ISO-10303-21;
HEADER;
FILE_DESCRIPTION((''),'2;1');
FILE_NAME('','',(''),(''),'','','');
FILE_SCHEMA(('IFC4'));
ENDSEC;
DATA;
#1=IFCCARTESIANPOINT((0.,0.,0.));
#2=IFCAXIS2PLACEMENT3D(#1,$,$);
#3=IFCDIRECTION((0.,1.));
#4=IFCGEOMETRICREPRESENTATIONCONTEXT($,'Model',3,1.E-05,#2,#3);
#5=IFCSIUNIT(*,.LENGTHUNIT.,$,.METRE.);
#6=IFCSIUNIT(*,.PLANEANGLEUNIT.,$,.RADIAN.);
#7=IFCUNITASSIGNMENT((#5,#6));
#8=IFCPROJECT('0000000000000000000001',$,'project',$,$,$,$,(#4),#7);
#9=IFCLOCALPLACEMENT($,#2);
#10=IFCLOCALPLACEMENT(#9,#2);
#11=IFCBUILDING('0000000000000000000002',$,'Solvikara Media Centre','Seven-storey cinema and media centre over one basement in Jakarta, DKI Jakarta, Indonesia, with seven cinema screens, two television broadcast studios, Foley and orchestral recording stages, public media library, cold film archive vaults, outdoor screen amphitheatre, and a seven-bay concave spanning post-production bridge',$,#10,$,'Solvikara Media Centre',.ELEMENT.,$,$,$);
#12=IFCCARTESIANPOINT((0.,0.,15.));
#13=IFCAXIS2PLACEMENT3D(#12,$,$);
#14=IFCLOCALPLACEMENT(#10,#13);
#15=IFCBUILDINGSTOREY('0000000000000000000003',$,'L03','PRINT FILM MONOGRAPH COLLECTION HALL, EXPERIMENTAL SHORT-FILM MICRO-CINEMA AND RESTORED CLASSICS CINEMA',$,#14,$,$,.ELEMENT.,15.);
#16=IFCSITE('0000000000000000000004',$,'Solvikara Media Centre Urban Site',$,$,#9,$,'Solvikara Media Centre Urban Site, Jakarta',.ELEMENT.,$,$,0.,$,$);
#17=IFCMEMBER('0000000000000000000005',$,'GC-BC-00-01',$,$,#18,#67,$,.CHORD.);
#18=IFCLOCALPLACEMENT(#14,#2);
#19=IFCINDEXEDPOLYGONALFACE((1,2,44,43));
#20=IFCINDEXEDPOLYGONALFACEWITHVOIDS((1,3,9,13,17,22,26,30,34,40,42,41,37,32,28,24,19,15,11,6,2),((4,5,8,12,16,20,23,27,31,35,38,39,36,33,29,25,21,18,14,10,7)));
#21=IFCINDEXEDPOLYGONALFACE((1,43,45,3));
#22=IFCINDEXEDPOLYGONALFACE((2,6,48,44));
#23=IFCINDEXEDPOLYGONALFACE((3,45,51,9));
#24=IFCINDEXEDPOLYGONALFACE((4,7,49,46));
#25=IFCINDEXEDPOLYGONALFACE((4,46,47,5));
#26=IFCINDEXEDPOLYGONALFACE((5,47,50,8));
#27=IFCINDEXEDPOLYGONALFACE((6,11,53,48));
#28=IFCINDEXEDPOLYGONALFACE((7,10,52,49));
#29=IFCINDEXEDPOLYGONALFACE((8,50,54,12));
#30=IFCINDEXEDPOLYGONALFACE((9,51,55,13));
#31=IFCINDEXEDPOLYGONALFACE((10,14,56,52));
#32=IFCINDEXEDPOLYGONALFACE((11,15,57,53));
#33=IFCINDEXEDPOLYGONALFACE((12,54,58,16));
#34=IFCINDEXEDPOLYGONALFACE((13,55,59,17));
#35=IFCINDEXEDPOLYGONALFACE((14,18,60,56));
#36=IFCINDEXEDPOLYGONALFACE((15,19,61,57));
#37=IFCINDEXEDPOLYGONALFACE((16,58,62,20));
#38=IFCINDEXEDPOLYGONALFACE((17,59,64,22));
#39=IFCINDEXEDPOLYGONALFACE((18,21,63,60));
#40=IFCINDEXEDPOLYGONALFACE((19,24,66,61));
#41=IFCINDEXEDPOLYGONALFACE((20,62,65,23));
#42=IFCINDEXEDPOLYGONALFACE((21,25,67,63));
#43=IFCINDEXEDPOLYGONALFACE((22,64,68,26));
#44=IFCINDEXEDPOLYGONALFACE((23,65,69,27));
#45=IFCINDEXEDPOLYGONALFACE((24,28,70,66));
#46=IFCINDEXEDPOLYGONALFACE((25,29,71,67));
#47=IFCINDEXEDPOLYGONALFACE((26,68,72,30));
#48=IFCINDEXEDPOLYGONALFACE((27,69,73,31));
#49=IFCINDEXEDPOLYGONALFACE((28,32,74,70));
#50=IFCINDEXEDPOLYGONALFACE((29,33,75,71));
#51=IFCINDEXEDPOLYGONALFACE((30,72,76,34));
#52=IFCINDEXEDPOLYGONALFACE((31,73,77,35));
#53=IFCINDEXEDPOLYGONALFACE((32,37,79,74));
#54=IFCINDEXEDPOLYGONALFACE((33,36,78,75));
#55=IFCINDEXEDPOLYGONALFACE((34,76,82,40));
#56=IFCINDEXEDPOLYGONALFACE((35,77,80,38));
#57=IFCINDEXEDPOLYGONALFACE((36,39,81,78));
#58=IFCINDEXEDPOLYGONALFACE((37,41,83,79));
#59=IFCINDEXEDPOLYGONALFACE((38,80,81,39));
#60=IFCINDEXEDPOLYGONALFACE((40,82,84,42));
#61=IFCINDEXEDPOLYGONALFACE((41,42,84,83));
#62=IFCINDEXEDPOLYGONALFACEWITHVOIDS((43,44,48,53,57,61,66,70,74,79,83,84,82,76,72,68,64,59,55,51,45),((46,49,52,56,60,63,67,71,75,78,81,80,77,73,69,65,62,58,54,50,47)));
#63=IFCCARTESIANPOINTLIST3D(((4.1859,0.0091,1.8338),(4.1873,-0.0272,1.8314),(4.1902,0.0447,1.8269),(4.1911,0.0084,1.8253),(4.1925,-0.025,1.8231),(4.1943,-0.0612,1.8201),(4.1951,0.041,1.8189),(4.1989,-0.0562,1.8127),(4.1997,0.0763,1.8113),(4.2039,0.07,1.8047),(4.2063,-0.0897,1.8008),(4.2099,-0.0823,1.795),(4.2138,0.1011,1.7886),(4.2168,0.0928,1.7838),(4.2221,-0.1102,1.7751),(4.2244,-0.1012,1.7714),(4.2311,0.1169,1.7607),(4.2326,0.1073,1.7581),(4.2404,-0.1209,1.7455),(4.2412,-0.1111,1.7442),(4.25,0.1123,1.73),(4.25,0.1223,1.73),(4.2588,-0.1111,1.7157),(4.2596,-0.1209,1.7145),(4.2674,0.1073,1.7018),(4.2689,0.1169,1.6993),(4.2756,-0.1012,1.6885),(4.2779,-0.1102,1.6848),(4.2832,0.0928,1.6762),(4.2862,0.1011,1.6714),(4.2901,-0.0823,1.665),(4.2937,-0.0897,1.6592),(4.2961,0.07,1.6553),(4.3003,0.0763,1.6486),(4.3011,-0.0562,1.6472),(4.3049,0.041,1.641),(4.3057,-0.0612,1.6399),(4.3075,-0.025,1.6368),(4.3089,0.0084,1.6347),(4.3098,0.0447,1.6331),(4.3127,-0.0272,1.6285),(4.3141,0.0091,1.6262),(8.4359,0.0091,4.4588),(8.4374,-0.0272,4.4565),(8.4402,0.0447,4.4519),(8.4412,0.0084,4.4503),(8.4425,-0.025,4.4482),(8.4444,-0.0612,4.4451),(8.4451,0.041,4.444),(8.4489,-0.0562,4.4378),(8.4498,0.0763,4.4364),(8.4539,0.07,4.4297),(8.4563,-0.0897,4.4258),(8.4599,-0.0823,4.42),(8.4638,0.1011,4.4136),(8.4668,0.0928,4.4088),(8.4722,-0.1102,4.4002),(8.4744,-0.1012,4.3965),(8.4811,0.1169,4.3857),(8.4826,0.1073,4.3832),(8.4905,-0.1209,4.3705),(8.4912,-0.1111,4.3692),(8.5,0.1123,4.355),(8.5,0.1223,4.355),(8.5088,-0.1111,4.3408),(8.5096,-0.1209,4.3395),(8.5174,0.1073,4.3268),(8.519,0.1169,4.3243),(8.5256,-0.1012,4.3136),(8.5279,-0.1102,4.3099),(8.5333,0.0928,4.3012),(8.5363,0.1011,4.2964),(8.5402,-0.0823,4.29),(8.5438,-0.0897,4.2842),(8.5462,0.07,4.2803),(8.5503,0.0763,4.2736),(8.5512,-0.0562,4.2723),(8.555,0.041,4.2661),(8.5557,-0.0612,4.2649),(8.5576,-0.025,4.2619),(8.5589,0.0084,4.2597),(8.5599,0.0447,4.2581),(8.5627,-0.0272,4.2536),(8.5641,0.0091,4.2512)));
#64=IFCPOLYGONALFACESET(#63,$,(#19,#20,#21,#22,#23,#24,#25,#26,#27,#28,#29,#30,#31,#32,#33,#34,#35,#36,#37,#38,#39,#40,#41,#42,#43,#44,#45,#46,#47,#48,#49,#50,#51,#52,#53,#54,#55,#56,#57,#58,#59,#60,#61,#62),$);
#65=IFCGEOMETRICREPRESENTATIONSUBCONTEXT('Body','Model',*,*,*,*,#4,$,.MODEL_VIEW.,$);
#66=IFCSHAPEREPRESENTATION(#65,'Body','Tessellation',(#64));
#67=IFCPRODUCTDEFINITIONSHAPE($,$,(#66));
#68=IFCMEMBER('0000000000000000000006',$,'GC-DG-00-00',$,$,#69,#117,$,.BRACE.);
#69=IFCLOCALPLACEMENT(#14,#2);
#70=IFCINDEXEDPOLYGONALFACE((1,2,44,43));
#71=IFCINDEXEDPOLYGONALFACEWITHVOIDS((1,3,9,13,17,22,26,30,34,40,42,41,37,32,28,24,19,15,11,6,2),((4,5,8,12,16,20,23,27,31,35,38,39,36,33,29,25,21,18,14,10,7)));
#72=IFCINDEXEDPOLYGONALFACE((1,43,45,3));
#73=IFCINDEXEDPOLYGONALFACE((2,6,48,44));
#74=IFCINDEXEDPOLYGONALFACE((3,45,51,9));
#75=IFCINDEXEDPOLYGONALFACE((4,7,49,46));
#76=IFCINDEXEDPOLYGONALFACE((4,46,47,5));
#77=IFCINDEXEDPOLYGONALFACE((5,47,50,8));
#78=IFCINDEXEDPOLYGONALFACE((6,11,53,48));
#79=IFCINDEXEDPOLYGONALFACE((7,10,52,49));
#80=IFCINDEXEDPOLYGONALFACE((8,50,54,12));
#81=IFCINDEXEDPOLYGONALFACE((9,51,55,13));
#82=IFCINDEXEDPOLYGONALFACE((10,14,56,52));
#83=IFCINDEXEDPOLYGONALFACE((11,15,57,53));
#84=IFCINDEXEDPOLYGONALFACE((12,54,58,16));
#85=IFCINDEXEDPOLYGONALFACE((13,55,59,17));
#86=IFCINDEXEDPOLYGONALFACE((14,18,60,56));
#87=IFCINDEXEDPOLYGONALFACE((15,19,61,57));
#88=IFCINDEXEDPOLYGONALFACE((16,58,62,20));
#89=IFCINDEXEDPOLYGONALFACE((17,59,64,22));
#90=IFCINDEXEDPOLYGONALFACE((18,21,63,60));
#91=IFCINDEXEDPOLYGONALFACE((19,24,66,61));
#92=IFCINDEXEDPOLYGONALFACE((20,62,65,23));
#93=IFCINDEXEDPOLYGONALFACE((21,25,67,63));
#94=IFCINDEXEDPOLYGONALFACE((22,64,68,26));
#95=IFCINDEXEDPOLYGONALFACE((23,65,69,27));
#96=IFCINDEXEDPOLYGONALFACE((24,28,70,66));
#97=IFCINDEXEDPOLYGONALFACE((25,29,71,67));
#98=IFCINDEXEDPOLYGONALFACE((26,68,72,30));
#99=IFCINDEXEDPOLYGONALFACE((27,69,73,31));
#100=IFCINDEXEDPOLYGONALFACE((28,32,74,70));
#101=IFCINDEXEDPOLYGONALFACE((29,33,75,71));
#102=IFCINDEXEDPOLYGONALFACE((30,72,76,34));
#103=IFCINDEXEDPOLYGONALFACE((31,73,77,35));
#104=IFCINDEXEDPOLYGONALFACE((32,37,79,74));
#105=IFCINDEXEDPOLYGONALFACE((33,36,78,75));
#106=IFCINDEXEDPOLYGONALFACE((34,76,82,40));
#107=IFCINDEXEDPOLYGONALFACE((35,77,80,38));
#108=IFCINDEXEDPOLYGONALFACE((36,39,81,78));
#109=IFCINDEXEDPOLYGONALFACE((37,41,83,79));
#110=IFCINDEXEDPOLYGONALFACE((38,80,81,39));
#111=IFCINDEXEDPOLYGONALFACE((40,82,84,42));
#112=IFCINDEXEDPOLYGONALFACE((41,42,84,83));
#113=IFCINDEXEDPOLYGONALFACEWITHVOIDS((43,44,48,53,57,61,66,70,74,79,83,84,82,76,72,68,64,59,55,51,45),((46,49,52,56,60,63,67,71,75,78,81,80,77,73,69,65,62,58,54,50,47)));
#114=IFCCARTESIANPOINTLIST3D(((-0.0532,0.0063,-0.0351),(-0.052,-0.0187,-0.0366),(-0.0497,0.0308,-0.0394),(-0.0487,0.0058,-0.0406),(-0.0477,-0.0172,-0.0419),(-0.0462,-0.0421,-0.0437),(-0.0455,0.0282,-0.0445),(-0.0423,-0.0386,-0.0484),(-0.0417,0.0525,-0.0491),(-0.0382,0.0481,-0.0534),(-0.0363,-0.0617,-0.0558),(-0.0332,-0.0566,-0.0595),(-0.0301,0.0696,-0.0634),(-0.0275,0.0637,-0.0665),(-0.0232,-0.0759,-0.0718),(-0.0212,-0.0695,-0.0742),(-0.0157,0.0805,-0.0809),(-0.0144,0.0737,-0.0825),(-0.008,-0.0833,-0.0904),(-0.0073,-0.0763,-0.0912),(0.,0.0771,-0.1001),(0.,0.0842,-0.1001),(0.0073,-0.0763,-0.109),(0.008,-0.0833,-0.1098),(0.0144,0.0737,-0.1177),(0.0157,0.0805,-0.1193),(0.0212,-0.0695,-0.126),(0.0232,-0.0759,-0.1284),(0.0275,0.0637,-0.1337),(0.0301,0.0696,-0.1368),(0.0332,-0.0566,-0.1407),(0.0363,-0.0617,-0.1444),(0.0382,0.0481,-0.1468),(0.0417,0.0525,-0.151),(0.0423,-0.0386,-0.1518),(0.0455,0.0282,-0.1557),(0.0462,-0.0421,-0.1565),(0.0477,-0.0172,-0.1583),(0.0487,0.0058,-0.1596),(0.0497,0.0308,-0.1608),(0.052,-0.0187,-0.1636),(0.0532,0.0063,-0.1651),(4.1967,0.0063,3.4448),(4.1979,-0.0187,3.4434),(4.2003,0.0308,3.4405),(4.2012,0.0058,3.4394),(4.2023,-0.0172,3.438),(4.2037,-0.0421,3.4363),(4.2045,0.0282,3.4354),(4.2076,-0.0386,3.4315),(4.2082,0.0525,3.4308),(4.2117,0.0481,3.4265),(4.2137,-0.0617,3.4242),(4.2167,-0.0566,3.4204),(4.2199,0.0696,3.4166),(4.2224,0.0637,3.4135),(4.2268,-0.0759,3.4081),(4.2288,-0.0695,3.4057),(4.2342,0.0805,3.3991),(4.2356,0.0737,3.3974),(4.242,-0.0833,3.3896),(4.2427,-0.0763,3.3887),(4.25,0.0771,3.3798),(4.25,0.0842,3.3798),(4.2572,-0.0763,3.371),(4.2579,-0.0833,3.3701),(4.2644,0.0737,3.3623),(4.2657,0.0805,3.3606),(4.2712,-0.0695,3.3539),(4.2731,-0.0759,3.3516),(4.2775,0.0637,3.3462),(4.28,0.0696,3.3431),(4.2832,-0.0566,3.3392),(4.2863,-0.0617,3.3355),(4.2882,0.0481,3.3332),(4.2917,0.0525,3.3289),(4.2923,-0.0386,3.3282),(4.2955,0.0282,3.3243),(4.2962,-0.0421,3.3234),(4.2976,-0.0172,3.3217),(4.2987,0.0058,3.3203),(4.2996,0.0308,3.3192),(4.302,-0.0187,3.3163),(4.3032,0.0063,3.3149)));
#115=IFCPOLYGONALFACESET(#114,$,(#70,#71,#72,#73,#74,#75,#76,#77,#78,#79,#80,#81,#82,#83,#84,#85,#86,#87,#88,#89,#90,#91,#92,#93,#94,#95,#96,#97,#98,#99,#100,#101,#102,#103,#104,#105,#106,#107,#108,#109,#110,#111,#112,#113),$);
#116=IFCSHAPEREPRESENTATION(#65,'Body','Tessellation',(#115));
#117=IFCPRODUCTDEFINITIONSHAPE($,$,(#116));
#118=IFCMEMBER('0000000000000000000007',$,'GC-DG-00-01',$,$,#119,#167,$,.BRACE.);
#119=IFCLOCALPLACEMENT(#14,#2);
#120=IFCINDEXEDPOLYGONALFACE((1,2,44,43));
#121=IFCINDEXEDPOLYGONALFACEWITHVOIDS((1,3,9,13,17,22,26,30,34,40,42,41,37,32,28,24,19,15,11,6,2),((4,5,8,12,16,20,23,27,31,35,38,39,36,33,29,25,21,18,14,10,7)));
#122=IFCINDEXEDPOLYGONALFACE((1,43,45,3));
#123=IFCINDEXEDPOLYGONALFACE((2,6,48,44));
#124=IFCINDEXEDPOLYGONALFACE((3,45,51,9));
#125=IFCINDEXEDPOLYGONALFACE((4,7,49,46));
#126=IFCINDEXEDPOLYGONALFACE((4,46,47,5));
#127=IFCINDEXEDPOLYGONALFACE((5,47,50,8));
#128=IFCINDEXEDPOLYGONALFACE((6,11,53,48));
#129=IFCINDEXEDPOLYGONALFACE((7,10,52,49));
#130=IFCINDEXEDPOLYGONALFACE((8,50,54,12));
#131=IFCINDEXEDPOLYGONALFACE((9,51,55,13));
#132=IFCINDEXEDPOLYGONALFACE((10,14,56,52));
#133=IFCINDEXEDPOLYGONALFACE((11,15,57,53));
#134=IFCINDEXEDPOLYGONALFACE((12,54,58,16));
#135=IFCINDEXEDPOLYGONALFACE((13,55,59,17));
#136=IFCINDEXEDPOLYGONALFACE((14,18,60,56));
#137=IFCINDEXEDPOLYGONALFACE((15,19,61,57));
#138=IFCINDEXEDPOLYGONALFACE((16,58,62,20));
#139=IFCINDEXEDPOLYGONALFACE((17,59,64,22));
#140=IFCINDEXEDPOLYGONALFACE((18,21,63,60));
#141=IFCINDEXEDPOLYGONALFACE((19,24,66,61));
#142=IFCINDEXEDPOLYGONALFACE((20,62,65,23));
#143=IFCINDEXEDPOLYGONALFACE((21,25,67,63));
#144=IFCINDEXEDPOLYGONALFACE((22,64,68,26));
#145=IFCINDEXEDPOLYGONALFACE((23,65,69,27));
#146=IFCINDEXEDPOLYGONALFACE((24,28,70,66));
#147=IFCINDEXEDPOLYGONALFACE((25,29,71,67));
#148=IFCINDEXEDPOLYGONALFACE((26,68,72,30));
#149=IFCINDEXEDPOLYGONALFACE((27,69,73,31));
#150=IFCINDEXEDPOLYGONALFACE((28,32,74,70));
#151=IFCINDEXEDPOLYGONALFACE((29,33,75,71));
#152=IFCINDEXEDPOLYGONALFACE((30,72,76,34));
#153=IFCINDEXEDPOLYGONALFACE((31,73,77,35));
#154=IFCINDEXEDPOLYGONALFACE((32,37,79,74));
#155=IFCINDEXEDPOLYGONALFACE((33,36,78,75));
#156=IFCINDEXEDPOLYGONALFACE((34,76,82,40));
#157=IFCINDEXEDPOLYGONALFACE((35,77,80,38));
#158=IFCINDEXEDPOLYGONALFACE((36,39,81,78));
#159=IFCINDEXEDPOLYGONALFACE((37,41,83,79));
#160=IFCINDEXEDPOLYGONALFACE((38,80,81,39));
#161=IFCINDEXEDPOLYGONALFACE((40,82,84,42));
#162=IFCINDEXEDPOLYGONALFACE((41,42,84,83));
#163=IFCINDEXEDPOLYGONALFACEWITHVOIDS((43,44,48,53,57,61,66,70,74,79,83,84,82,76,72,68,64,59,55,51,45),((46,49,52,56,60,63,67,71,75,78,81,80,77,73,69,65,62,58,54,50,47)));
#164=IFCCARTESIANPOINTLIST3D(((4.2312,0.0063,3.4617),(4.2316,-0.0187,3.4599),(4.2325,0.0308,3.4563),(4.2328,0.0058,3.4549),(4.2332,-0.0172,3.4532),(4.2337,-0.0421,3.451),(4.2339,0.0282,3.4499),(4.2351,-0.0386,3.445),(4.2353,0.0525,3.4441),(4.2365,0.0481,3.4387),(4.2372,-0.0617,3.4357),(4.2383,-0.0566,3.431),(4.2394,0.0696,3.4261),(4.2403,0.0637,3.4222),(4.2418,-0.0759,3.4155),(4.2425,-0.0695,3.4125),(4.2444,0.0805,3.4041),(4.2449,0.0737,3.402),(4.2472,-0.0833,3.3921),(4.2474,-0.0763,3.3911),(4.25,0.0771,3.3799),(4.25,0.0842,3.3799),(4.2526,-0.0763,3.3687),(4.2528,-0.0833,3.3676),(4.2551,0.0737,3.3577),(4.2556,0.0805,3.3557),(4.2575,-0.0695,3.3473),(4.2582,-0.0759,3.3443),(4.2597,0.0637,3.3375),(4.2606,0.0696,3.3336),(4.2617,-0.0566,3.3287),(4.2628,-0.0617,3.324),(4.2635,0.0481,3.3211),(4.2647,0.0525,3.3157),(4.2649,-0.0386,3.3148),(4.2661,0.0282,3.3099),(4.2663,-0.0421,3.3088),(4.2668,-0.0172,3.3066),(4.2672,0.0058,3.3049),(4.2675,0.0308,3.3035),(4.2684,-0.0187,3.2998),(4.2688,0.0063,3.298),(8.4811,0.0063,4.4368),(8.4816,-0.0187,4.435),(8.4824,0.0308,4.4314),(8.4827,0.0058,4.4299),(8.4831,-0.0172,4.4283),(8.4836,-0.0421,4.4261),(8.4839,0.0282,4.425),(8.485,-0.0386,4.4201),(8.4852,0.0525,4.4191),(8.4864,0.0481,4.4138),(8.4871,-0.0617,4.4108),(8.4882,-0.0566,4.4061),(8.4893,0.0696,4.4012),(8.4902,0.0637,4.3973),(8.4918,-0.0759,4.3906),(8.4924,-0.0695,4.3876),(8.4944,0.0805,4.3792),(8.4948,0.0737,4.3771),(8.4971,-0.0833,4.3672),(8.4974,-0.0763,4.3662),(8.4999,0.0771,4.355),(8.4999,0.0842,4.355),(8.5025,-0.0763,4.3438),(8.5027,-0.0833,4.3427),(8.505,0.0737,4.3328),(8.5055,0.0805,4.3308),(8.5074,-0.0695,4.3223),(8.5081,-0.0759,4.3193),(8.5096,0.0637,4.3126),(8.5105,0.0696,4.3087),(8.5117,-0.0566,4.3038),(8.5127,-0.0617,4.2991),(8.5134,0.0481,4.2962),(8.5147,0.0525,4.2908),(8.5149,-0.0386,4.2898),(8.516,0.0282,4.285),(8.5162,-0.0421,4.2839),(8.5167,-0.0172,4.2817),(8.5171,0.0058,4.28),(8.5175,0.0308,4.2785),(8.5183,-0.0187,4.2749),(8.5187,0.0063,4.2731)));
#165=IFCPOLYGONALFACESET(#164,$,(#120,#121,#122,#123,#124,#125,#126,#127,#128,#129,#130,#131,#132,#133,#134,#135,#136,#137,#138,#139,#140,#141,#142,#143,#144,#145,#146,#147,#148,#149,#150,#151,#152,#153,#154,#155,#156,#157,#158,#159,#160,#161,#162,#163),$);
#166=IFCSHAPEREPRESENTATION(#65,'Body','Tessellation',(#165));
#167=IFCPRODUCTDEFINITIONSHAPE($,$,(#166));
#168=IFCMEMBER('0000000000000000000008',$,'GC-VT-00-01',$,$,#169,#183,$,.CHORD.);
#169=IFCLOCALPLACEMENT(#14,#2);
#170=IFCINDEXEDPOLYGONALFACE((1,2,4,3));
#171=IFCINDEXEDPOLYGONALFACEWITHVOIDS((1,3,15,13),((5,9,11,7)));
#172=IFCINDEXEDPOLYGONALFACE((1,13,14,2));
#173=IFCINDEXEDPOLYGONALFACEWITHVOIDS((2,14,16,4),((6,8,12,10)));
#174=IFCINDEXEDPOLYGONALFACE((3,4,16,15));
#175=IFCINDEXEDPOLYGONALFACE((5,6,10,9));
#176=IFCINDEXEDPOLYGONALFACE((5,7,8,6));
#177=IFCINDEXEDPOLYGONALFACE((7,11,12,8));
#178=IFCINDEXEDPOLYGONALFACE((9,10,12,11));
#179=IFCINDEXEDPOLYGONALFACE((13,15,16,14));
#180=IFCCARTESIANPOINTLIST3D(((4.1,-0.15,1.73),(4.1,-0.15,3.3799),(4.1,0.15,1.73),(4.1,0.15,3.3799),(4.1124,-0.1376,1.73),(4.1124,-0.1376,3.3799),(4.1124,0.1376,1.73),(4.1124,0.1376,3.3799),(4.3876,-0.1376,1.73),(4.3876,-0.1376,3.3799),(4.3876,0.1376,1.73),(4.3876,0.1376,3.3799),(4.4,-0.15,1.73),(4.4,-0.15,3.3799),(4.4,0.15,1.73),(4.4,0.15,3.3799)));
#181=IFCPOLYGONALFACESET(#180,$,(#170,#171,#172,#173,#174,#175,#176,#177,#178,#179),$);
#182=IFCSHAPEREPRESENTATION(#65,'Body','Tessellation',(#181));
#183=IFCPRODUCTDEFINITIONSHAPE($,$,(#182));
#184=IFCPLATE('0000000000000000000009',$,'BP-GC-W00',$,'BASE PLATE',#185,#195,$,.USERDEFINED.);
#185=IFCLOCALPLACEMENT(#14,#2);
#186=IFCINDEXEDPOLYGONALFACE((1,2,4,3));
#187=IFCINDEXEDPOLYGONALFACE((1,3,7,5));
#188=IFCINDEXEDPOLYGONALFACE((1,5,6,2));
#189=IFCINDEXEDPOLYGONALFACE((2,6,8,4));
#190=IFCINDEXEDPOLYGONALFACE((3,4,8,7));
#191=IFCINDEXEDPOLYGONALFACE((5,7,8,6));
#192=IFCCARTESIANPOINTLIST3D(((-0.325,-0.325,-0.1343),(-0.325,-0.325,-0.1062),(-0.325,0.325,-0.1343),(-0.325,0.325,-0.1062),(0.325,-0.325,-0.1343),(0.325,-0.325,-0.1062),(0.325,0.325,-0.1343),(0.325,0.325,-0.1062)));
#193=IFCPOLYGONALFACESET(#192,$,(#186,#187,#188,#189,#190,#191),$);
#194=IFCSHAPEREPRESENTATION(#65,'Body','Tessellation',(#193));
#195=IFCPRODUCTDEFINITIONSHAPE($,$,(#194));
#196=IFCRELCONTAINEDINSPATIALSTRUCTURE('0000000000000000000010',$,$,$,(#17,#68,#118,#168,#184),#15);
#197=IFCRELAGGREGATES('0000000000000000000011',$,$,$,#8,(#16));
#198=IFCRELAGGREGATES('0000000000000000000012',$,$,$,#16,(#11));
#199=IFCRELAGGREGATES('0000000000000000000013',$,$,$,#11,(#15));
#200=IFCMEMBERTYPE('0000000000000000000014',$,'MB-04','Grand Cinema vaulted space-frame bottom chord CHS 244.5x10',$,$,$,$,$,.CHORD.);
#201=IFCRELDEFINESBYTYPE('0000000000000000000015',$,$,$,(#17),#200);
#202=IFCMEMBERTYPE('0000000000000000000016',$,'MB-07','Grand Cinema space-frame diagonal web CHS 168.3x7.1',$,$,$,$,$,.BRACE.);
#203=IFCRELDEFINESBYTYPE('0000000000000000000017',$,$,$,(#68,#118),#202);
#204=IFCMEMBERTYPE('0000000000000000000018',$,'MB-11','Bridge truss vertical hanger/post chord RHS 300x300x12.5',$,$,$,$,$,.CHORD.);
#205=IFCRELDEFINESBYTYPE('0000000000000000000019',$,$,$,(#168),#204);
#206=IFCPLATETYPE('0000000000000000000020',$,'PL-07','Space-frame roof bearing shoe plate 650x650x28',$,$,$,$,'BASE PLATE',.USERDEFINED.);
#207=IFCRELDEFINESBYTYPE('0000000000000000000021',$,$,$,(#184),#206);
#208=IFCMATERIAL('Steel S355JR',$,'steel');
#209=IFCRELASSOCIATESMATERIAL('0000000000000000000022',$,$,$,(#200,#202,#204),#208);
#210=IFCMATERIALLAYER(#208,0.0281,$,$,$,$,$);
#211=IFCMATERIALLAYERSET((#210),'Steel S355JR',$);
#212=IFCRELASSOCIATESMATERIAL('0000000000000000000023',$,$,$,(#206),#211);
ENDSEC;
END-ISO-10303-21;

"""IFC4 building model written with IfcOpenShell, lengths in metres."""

from ifc_helpers import new_model, si_unit, direction, frame, origin, origin_2d, place, context, subcontext, project, spatial, rectangle, hollow_rectangle, hollow_circle, extrude, material, layer, layer_set, material_profile, profile_set, type_object, element, save


model = new_model("IFC4")

# Units and contexts
model_context = context("Model", 3, precision=1e-05, world=origin(), true_north=direction((0.0, 1.0)))
body_context = subcontext(model_context, "Body", "Model", "MODEL_VIEW")
ifc_project = project(units=[si_unit("LENGTHUNIT", "METRE"), si_unit("PLANEANGLEUNIT", "RADIAN")], contexts=[model_context])

# Site, building, storey
site_placement = place(None, origin())
site = spatial("IfcSite", under=ifc_project, at=site_placement, Name="Solvikara Media Centre Urban Site", LongName="Solvikara Media Centre Urban Site, Jakarta", CompositionType="ELEMENT", RefElevation=0.0)
building_placement = place(site_placement, origin())
building = spatial("IfcBuilding", under=site, at=building_placement, Name="Solvikara Media Centre", Description="Seven-storey cinema and media centre over one basement in Jakarta, DKI Jakarta, Indonesia, with seven cinema screens, two television broadcast studios, Foley and orchestral recording stages, public media library, cold film archive vaults, outdoor screen amphitheatre, and a seven-bay concave spanning post-production bridge", LongName="Solvikara Media Centre", CompositionType="ELEMENT")
storey_placement = place(building_placement, frame((0.0, 0.0, 15.0)))
storey = spatial("IfcBuildingStorey", under=building, at=storey_placement, Name="L03", Description="PRINT FILM MONOGRAPH COLLECTION HALL, EXPERIMENTAL SHORT-FILM MICRO-CINEMA AND RESTORED CLASSICS CINEMA", CompositionType="ELEMENT", Elevation=15.0)

# Shared definitions
ifc_material_1 = material(Name="Steel S355JR", Category="steel")

# Members
ifc_material_profile_1 = material_profile(ifc_material_1, hollow_circle(Radius=0.1223, WallThickness=0.01, at=origin_2d()), Name="CHS 244.5x10")
ifc_profile_set_1 = profile_set([ifc_material_profile_1], Name="Steel S355JR")
member_type_1 = type_object("IfcMemberType", Name="MB-04", Description="Grand Cinema vaulted space-frame bottom chord CHS 244.5x10", PredefinedType="CHORD", material=ifc_profile_set_1)
member_1_placement = place(storey_placement, frame((4.25, 0.0, 1.73), z_axis=(0.850798, 0.0, 0.525493), x_axis=(0.0, 1.0, 0.0)))
element("IfcMember", 1, at=member_1_placement, inside=storey, type_object=member_type_1, Name="GC-BC-00-01", PredefinedType="CHORD", context=body_context, shape_type="SweptSolid", body=[
    extrude(hollow_circle(Radius=0.1223, WallThickness=0.01, at=origin_2d()), origin(), (0.0, 0.0, 1.0), 4.9954),
])
ifc_material_profile_2 = material_profile(ifc_material_1, hollow_circle(Radius=0.0842, WallThickness=0.0071, at=origin_2d()), Name="CHS 168.3x7.1")
ifc_profile_set_2 = profile_set([ifc_material_profile_2], Name="Steel S355JR")
member_type_2 = type_object("IfcMemberType", Name="MB-07", Description="Grand Cinema space-frame diagonal web CHS 168.3x7.1", PredefinedType="BRACE", material=ifc_profile_set_2)
member_2_placement = place(storey_placement, frame((0.0, 0.0, -0.1001), z_axis=(0.773716, 0.0, 0.633533), x_axis=(0.0, 1.0, 0.0)))
element("IfcMember", 2, at=member_2_placement, inside=storey, type_object=member_type_2, Name="GC-DG-00-00", PredefinedType="BRACE", context=body_context, shape_type="SweptSolid", body=[
    extrude(hollow_circle(Radius=0.0842, WallThickness=0.0071, at=origin_2d()), origin(), (0.0, 0.0, 1.0), 5.4929),
])
member_3_placement = place(storey_placement, frame((4.25, 0.0, 3.3799), z_axis=(0.974675, 0.0, 0.223624), x_axis=(0.0, 1.0, 0.0)))
element("IfcMember", 3, at=member_3_placement, inside=storey, type_object=member_type_2, Name="GC-DG-00-01", PredefinedType="BRACE", context=body_context, shape_type="SweptSolid", body=[
    extrude(hollow_circle(Radius=0.0842, WallThickness=0.0071, at=origin_2d()), origin(), (0.0, 0.0, 1.0), 4.3604),
])
ifc_material_profile_3 = material_profile(ifc_material_1, hollow_rectangle(XDim=0.3, YDim=0.3, WallThickness=0.0125, at=origin_2d()), Name="RHS 300x300x12.5")
ifc_profile_set_3 = profile_set([ifc_material_profile_3], Name="Steel S355JR")
member_type_3 = type_object("IfcMemberType", Name="MB-11", Description="Bridge truss vertical hanger/post chord RHS 300x300x12.5", PredefinedType="CHORD", material=ifc_profile_set_3)
member_4_placement = place(storey_placement, frame((4.25, 0.0, 1.73), z_axis=(0.0, 0.0, 1.0), x_axis=(1.0, 0.0, 0.0)))
element("IfcMember", 4, at=member_4_placement, inside=storey, type_object=member_type_3, Name="GC-VT-00-01", PredefinedType="CHORD", context=body_context, shape_type="SweptSolid", body=[
    extrude(hollow_rectangle(XDim=0.3, YDim=0.3, WallThickness=0.0125, at=origin_2d()), origin(), (0.0, 0.0, 1.0), 1.6499),
])

# Plate
ifc_layer_1 = layer(ifc_material_1, 0.0281)
ifc_layer_set_1 = layer_set([ifc_layer_1], Name="Steel S355JR")
plate_type = type_object("IfcPlateType", Name="PL-07", Description="Space-frame roof bearing shoe plate 650x650x28", ElementType="BASE PLATE", PredefinedType="USERDEFINED", material=ifc_layer_set_1)
plate_placement = place(storey_placement, frame((0.0, 0.0, -0.1343), z_axis=(0.0, 0.0, 1.0), x_axis=(1.0, 0.0, 0.0)))
element("IfcPlate", 5, at=plate_placement, inside=storey, type_object=plate_type, Name="BP-GC-W00", ObjectType="BASE PLATE", PredefinedType="USERDEFINED", context=body_context, shape_type="SweptSolid", body=[
    extrude(rectangle(XDim=0.6499, YDim=0.6499, at=origin_2d()), origin(), (0.0, 0.0, 1.0), 0.0281),
])

save(model, "model.ifc")
